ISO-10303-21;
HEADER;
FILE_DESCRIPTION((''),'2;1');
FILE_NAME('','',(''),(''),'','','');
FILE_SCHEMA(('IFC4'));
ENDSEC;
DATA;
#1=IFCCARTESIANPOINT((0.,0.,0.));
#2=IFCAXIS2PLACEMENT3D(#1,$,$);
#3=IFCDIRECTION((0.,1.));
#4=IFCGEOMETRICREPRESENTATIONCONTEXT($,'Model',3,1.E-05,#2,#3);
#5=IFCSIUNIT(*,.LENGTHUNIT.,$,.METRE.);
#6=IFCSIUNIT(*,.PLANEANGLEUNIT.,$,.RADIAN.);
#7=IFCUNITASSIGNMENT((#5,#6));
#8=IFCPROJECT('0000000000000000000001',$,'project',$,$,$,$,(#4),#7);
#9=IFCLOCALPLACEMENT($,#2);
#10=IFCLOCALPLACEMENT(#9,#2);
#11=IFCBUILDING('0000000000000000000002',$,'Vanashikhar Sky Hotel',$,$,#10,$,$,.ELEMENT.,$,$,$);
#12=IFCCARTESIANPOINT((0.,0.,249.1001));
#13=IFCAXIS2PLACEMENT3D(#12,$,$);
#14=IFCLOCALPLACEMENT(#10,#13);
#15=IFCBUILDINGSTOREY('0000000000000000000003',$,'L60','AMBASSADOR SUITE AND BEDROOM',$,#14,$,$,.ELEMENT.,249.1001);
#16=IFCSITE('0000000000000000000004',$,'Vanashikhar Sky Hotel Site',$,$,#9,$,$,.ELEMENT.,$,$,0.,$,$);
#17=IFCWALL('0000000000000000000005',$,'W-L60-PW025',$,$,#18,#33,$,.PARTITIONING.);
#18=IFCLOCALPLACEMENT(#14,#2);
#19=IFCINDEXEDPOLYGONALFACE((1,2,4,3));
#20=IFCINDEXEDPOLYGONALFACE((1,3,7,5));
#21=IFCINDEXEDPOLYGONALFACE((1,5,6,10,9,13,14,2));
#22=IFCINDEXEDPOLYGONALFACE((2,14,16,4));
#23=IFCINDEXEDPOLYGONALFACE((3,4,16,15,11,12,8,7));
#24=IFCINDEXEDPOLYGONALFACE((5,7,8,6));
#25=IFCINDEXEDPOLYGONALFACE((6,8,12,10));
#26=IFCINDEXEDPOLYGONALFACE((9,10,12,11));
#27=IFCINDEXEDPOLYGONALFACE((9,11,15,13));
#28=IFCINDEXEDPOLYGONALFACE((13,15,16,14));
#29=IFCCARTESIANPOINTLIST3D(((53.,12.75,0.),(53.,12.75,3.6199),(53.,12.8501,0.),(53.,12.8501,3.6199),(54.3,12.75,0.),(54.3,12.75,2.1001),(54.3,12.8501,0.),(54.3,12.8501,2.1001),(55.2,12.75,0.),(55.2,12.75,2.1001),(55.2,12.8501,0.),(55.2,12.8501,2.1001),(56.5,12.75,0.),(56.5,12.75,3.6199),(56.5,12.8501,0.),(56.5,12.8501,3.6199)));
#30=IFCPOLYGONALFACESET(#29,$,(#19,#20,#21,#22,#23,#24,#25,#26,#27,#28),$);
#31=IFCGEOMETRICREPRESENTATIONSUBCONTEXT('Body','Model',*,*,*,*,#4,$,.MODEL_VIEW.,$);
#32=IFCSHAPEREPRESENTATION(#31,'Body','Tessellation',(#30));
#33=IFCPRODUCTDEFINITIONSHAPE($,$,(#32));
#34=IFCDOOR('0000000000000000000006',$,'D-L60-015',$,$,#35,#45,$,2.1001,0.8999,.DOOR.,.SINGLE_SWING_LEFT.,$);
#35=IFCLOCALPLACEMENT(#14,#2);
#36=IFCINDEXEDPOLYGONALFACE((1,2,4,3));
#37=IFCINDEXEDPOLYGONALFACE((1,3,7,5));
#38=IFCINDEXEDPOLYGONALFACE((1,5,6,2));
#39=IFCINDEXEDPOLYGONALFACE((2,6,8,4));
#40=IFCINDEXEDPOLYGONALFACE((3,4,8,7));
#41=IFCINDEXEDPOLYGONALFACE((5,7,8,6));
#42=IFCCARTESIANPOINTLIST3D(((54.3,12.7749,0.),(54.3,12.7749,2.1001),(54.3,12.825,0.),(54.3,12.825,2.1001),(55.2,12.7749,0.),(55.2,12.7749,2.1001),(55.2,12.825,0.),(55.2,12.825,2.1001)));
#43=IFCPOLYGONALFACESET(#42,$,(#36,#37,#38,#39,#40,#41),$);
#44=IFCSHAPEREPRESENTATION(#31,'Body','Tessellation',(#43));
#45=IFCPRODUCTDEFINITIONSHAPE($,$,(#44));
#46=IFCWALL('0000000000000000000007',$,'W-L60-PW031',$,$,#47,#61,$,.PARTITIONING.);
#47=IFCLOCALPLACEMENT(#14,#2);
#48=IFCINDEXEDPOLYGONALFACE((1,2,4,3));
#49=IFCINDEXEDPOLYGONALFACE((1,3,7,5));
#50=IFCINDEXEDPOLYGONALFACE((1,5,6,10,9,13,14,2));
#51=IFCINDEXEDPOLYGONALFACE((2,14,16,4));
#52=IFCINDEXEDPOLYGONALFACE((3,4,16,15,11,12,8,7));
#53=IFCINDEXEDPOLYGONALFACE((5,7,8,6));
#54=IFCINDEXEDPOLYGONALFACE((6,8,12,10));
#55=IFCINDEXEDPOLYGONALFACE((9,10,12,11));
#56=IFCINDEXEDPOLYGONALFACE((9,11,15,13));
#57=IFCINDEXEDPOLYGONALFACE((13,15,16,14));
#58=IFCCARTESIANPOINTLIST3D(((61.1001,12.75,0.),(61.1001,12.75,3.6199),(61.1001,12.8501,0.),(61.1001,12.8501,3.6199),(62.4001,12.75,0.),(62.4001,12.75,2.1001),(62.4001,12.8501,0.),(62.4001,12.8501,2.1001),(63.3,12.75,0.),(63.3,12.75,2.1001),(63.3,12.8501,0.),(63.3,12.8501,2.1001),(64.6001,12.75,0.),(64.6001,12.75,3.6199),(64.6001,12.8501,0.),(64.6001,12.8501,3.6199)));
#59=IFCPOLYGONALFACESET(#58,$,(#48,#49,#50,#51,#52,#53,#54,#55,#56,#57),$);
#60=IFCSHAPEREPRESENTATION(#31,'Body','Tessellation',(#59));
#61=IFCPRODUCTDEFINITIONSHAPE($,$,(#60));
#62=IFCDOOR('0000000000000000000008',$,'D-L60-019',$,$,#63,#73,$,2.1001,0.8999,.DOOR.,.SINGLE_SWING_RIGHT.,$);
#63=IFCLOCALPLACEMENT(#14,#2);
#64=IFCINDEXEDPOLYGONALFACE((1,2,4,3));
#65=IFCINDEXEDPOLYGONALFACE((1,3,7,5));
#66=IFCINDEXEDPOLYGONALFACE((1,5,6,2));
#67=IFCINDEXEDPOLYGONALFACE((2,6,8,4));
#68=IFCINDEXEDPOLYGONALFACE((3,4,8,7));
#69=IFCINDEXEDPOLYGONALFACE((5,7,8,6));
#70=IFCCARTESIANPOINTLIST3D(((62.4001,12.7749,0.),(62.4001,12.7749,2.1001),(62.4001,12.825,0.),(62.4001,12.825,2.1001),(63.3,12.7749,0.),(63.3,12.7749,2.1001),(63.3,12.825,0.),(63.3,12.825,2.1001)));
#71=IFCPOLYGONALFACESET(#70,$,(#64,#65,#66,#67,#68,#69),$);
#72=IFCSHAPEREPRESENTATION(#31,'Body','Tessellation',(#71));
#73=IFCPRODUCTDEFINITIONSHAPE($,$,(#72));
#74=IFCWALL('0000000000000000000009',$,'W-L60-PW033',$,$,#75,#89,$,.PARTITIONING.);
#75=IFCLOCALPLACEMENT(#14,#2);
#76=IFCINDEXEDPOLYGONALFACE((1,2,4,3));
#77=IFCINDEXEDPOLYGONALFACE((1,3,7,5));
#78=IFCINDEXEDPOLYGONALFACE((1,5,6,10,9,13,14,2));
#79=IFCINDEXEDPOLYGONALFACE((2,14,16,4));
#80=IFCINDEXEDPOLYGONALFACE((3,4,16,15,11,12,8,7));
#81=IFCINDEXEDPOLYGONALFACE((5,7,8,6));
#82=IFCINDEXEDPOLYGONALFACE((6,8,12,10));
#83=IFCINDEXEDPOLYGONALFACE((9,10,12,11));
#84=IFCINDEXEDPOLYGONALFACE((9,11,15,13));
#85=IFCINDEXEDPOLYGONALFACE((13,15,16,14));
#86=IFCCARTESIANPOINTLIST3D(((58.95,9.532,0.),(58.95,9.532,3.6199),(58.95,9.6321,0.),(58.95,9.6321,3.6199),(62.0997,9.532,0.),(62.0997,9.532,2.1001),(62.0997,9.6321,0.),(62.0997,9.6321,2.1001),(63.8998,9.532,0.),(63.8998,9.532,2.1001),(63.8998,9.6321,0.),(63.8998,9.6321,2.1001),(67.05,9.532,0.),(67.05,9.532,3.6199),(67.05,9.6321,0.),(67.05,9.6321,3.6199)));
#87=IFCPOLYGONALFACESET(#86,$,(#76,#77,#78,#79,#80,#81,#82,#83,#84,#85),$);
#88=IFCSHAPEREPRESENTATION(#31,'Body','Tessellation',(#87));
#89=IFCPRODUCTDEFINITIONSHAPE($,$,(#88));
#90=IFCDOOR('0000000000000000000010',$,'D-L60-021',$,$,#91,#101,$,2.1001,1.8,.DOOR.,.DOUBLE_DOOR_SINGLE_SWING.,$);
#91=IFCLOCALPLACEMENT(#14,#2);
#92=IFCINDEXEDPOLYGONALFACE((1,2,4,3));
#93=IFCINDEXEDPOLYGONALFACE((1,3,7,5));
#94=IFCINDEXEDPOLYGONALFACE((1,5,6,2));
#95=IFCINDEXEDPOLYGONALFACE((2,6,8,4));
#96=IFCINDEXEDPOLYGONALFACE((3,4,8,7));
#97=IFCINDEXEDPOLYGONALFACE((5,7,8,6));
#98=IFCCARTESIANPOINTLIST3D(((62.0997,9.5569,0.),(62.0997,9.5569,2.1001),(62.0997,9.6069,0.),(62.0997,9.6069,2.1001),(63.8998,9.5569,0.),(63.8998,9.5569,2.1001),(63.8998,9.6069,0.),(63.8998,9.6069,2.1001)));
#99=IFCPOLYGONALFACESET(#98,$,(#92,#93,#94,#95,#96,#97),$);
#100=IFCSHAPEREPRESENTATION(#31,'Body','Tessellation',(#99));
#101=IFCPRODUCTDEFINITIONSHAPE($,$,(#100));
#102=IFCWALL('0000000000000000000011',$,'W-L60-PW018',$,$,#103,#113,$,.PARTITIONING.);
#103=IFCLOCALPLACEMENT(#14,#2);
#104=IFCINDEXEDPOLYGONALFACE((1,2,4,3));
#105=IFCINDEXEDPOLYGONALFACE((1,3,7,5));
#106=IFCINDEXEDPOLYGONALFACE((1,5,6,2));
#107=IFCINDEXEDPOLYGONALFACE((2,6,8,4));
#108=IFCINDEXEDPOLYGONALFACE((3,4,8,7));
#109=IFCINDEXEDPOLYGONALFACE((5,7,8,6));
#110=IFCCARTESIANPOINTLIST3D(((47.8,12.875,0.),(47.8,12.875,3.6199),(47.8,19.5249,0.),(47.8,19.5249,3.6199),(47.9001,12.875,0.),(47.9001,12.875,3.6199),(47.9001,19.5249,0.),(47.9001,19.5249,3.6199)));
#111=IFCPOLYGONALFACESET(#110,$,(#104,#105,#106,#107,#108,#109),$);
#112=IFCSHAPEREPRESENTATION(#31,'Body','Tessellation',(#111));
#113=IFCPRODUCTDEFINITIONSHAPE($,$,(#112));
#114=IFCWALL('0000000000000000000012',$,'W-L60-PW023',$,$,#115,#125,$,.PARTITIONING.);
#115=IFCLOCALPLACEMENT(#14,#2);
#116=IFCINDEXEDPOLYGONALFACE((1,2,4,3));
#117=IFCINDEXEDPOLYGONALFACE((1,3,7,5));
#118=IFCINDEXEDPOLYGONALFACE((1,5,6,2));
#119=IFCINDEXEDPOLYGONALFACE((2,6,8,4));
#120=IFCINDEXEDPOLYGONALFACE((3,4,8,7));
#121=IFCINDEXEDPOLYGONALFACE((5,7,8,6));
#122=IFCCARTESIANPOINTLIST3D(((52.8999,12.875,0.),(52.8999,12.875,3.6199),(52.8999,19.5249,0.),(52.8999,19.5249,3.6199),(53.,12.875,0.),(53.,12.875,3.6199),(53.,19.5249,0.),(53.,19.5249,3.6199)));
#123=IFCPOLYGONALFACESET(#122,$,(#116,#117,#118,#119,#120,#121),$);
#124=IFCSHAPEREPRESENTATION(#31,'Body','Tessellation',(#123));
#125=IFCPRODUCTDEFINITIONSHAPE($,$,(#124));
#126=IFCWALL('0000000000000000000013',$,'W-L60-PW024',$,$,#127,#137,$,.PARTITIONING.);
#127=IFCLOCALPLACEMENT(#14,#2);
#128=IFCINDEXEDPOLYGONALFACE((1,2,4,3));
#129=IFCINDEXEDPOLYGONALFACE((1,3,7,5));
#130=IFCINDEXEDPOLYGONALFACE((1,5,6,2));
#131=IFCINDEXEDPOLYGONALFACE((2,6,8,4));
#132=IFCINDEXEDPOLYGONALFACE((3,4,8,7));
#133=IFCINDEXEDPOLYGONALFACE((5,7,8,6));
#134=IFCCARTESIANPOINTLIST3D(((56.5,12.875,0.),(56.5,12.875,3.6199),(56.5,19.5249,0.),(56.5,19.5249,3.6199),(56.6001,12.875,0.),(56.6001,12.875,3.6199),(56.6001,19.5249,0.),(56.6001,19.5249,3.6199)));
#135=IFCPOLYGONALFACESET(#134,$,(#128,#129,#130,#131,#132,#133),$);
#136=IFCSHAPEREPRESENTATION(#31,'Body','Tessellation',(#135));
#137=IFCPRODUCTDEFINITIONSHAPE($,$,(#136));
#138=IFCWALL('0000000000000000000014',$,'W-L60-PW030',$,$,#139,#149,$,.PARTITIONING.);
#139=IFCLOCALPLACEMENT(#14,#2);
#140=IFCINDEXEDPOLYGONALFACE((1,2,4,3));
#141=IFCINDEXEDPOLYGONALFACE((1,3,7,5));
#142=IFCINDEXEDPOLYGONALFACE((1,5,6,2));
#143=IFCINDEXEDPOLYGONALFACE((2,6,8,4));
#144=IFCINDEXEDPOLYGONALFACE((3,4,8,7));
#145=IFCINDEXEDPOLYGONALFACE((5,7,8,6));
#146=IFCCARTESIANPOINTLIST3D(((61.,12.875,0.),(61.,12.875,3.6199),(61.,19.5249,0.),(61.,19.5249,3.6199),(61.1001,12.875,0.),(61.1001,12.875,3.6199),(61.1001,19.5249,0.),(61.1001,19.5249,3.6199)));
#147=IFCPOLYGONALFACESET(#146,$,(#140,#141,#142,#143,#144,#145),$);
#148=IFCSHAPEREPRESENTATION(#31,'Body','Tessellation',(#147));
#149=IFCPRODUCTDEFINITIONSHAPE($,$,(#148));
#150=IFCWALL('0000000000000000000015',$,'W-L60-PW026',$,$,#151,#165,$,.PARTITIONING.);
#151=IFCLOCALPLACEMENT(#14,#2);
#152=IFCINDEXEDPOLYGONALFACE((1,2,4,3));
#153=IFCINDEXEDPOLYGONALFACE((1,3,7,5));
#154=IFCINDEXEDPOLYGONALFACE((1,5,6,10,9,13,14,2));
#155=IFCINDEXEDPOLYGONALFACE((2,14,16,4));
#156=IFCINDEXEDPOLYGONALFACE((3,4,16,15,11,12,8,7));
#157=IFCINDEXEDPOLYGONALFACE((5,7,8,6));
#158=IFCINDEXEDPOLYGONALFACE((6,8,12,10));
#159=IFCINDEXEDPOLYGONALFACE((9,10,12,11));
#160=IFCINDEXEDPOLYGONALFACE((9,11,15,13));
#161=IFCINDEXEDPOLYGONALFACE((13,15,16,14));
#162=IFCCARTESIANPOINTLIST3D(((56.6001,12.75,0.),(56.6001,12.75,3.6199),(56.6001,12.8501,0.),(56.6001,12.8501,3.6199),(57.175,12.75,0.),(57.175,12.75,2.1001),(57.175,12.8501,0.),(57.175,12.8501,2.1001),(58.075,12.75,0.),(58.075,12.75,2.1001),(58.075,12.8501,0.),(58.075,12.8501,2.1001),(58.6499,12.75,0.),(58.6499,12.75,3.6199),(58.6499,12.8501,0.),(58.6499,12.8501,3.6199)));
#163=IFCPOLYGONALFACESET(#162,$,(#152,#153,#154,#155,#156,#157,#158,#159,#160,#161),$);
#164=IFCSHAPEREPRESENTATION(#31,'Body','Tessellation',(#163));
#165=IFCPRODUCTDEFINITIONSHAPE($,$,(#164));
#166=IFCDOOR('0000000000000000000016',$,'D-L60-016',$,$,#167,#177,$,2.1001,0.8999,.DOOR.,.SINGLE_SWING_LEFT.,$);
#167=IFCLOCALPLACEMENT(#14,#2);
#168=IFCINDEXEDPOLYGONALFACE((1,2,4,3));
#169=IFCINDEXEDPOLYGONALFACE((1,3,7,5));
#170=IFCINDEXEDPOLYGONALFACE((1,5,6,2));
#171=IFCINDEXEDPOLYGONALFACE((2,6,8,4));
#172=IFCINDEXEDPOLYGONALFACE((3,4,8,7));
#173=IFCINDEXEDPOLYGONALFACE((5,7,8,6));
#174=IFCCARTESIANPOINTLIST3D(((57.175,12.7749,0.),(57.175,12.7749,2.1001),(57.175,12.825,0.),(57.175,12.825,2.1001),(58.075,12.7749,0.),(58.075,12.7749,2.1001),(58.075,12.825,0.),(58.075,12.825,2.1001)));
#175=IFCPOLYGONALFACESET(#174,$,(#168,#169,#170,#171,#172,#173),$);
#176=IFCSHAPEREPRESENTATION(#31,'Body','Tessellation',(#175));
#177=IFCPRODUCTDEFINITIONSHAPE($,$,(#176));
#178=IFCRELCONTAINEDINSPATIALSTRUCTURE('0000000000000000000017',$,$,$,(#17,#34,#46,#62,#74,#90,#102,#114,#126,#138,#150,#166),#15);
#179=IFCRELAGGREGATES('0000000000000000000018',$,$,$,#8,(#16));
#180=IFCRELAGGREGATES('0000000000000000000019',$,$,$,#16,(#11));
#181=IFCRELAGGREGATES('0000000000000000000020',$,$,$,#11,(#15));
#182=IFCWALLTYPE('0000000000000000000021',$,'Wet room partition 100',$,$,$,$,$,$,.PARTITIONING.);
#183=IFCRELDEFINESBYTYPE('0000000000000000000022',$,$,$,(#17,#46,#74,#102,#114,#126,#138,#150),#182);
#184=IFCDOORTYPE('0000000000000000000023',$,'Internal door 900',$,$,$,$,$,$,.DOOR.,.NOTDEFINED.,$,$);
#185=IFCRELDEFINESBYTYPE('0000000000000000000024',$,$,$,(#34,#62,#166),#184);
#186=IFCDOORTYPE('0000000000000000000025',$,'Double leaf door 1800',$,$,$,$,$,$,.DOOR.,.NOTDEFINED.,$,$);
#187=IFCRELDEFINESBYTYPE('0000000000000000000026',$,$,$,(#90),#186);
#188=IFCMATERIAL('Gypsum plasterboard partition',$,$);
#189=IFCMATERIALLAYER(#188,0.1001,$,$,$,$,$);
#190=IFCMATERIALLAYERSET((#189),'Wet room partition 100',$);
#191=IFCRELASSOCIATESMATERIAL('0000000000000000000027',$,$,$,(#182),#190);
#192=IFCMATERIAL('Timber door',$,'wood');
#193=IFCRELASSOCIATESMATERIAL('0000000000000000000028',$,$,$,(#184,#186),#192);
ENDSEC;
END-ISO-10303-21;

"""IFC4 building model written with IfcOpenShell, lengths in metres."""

from ifc_helpers import new_model, si_unit, direction, frame, frame_2d, origin, place, context, subcontext, project, spatial, rectangle, extrude, source, transform, mapped, material, layer, layer_set, type_object, element, fill, save


model = new_model("IFC4")

# Units and contexts
model_context = context("Model", 3, precision=1e-05, world=origin(), true_north=direction((0.0, 1.0)))
body_context = subcontext(model_context, "Body", "Model", "MODEL_VIEW")
ifc_project = project(units=[si_unit("LENGTHUNIT", "METRE"), si_unit("PLANEANGLEUNIT", "RADIAN")], contexts=[model_context])

# Site, building, storey
site_placement = place(None, origin())
site = spatial("IfcSite", under=ifc_project, at=site_placement, Name="Vanashikhar Sky Hotel Site", CompositionType="ELEMENT", RefElevation=0.0)
building_placement = place(site_placement, origin())
building = spatial("IfcBuilding", under=site, at=building_placement, Name="Vanashikhar Sky Hotel", CompositionType="ELEMENT")
storey_placement = place(building_placement, frame((0.0, 0.0, 249.1001)))
storey = spatial("IfcBuildingStorey", under=building, at=storey_placement, Name="L60", Description="AMBASSADOR SUITE AND BEDROOM", CompositionType="ELEMENT", Elevation=249.1001)

# Walls, openings, doors
ifc_material_1 = material(Name="Gypsum plasterboard partition")
ifc_layer_1 = layer(ifc_material_1, 0.1001)
ifc_layer_set_1 = layer_set([ifc_layer_1], Name="Wet room partition 100")
wall_type_1 = type_object("IfcWallType", Name="Wet room partition 100", PredefinedType="PARTITIONING", material=ifc_layer_set_1)
shared_shape_1 = source(origin(), body_context, "Body", "SweptSolid", [
    extrude(rectangle(XDim=3.5, YDim=0.1001, at=frame_2d((1.75, 0.0))), origin(), (0.0, 0.0, 1.0), 3.6199),
])
wall_1_placement = place(storey_placement, frame((53.0, 12.8, 0.0), z_axis=(0.0, 0.0, 1.0), x_axis=(1.0, 0.0, 0.0)))
wall_1 = element("IfcWall", 1, at=wall_1_placement, inside=storey, type_object=wall_type_1, Name="W-L60-PW025", PredefinedType="PARTITIONING", context=body_context, shape_type="MappedRepresentation", body=[
    mapped(shared_shape_1, transform((0.0, 0.0, 0.0), scale=1.0)),
])
shared_shape_2 = source(origin(), body_context, "Body", "SweptSolid", [
    extrude(rectangle(XDim=0.8999, YDim=2.1001, at=frame_2d((0.45, 1.05))), frame((0.0, 0.0601, 0.0), z_axis=(0.0, -1.0, 0.0), x_axis=(1.0, 0.0, 0.0)), (0.0, 0.0, 1.0), 0.1201),
])
opening_1_placement = place(wall_1_placement, frame((1.3, 0.0, 0.0)))
opening_1 = element("IfcOpeningElement", 2, at=opening_1_placement, cuts=wall_1, PredefinedType="OPENING", context=body_context, shape_type="MappedRepresentation", body=[
    mapped(shared_shape_2, transform((0.0, 0.0, 0.0), scale=1.0)),
])
ifc_material_2 = material(Name="Timber door", Category="wood")
door_type_1 = type_object("IfcDoorType", Name="Internal door 900", OperationType="NOTDEFINED", PredefinedType="DOOR", material=ifc_material_2)
shared_shape_3 = source(origin(), body_context, "Body", "SweptSolid", [
    extrude(rectangle(XDim=0.8999, YDim=2.1001, at=frame_2d((0.45, 1.05))), frame((0.0, 0.0249, 0.0), z_axis=(0.0, -1.0, 0.0), x_axis=(1.0, 0.0, 0.0)), (0.0, 0.0, 1.0), 0.05),
])
door_1_placement = place(opening_1_placement, origin())
door_1 = element("IfcDoor", 3, at=door_1_placement, inside=storey, type_object=door_type_1, Name="D-L60-015", OperationType="SINGLE_SWING_LEFT", OverallHeight=2.1001, OverallWidth=0.8999, PredefinedType="DOOR", context=body_context, shape_type="MappedRepresentation", body=[
    mapped(shared_shape_3, transform((0.0, 0.0, 0.0), scale=1.0)),
])
fill(opening_1, door_1)
wall_2_placement = place(storey_placement, frame((61.1001, 12.8, 0.0), z_axis=(0.0, 0.0, 1.0), x_axis=(1.0, 0.0, 0.0)))
wall_2 = element("IfcWall", 4, at=wall_2_placement, inside=storey, type_object=wall_type_1, Name="W-L60-PW031", PredefinedType="PARTITIONING", context=body_context, shape_type="MappedRepresentation", body=[
    mapped(shared_shape_1, transform((0.0, 0.0, 0.0), scale=1.0)),
])
opening_2_placement = place(wall_2_placement, frame((1.3, 0.0, 0.0)))
opening_2 = element("IfcOpeningElement", 5, at=opening_2_placement, cuts=wall_2, PredefinedType="OPENING", context=body_context, shape_type="MappedRepresentation", body=[
    mapped(shared_shape_2, transform((0.0, 0.0, 0.0), scale=1.0)),
])
door_2_placement = place(opening_2_placement, origin())
door_2 = element("IfcDoor", 6, at=door_2_placement, inside=storey, type_object=door_type_1, Name="D-L60-019", OperationType="SINGLE_SWING_RIGHT", OverallHeight=2.1001, OverallWidth=0.8999, PredefinedType="DOOR", context=body_context, shape_type="MappedRepresentation", body=[
    mapped(shared_shape_3, transform((0.0, 0.0, 0.0), scale=1.0)),
])
fill(opening_2, door_2)
shared_shape_4 = source(origin(), body_context, "Body", "SweptSolid", [
    extrude(rectangle(XDim=8.1001, YDim=0.1001, at=frame_2d((4.05, 0.0))), origin(), (0.0, 0.0, 1.0), 3.6199),
])
wall_3_placement = place(storey_placement, frame((58.95, 9.582, 0.0), z_axis=(0.0, 0.0, 1.0), x_axis=(1.0, 0.0, 0.0)))
wall_3 = element("IfcWall", 7, at=wall_3_placement, inside=storey, type_object=wall_type_1, Name="W-L60-PW033", PredefinedType="PARTITIONING", context=body_context, shape_type="MappedRepresentation", body=[
    mapped(shared_shape_4, transform((0.0, 0.0, 0.0), scale=1.0)),
])
shared_shape_5 = source(origin(), body_context, "Body", "SweptSolid", [
    extrude(rectangle(XDim=1.8, YDim=2.1001, at=frame_2d((0.8999, 1.05))), frame((0.0, 0.0601, 0.0), z_axis=(0.0, -1.0, 0.0), x_axis=(1.0, 0.0, 0.0)), (0.0, 0.0, 1.0), 0.1201),
])
opening_3_placement = place(wall_3_placement, frame((3.1499, 0.0, 0.0)))
opening_3 = element("IfcOpeningElement", 8, at=opening_3_placement, cuts=wall_3, PredefinedType="OPENING", context=body_context, shape_type="MappedRepresentation", body=[
    mapped(shared_shape_5, transform((0.0, 0.0, 0.0), scale=1.0)),
])
door_type_2 = type_object("IfcDoorType", Name="Double leaf door 1800", OperationType="NOTDEFINED", PredefinedType="DOOR", material=ifc_material_2)
shared_shape_6 = source(origin(), body_context, "Body", "SweptSolid", [
    extrude(rectangle(XDim=1.8, YDim=2.1001, at=frame_2d((0.8999, 1.05))), frame((0.0, 0.0249, 0.0), z_axis=(0.0, -1.0, 0.0), x_axis=(1.0, 0.0, 0.0)), (0.0, 0.0, 1.0), 0.05),
])
door_3_placement = place(opening_3_placement, origin())
door_3 = element("IfcDoor", 9, at=door_3_placement, inside=storey, type_object=door_type_2, Name="D-L60-021", OperationType="DOUBLE_DOOR_SINGLE_SWING", OverallHeight=2.1001, OverallWidth=1.8, PredefinedType="DOOR", context=body_context, shape_type="MappedRepresentation", body=[
    mapped(shared_shape_6, transform((0.0, 0.0, 0.0), scale=1.0)),
])
fill(opening_3, door_3)

# Walls
shared_shape_7 = source(origin(), body_context, "Body", "SweptSolid", [
    extrude(rectangle(XDim=6.6499, YDim=0.1001, at=frame_2d((3.325, 0.0))), origin(), (0.0, 0.0, 1.0), 3.6199),
])
for number, where, z_axis, x_axis, name in (
    (10, (47.8501, 12.875, 0.0), (0.0, 0.0, 1.0), (0.0, 1.0, 0.0), "W-L60-PW018"),
    (11, (52.95, 12.875, 0.0), (0.0, 0.0, 1.0), (0.0, 1.0, 0.0), "W-L60-PW023"),
    (12, (56.55, 12.875, 0.0), (0.0, 0.0, 1.0), (0.0, 1.0, 0.0), "W-L60-PW024"),
    (13, (61.05, 12.875, 0.0), (0.0, 0.0, 1.0), (0.0, 1.0, 0.0), "W-L60-PW030"),
):
    element("IfcWall", number, at=place(storey_placement, frame(where, z_axis=z_axis, x_axis=x_axis)), inside=storey, type_object=wall_type_1, Name=name, PredefinedType="PARTITIONING", context=body_context, shape_type="MappedRepresentation", body=[
        mapped(shared_shape_7, transform((0.0, 0.0, 0.0), scale=1.0)),
    ])

# Wall, opening, door
shared_shape_8 = source(origin(), body_context, "Body", "SweptSolid", [
    extrude(rectangle(XDim=2.0498, YDim=0.1001, at=frame_2d((1.0249, 0.0))), origin(), (0.0, 0.0, 1.0), 3.6199),
])
wall_4_placement = place(storey_placement, frame((56.6001, 12.8, 0.0), z_axis=(0.0, 0.0, 1.0), x_axis=(1.0, 0.0, 0.0)))
wall_4 = element("IfcWall", 14, at=wall_4_placement, inside=storey, type_object=wall_type_1, Name="W-L60-PW026", PredefinedType="PARTITIONING", context=body_context, shape_type="MappedRepresentation", body=[
    mapped(shared_shape_8, transform((0.0, 0.0, 0.0), scale=1.0)),
])
opening_4_placement = place(wall_4_placement, frame((0.575, 0.0, 0.0)))
opening_4 = element("IfcOpeningElement", 15, at=opening_4_placement, cuts=wall_4, PredefinedType="OPENING", context=body_context, shape_type="MappedRepresentation", body=[
    mapped(shared_shape_2, transform((0.0, 0.0, 0.0), scale=1.0)),
])
door_4_placement = place(opening_4_placement, origin())
door_4 = element("IfcDoor", 16, at=door_4_placement, inside=storey, type_object=door_type_1, Name="D-L60-016", OperationType="SINGLE_SWING_LEFT", OverallHeight=2.1001, OverallWidth=0.8999, PredefinedType="DOOR", context=body_context, shape_type="MappedRepresentation", body=[
    mapped(shared_shape_3, transform((0.0, 0.0, 0.0), scale=1.0)),
])
fill(opening_4, door_4)

save(model, "model.ifc")
